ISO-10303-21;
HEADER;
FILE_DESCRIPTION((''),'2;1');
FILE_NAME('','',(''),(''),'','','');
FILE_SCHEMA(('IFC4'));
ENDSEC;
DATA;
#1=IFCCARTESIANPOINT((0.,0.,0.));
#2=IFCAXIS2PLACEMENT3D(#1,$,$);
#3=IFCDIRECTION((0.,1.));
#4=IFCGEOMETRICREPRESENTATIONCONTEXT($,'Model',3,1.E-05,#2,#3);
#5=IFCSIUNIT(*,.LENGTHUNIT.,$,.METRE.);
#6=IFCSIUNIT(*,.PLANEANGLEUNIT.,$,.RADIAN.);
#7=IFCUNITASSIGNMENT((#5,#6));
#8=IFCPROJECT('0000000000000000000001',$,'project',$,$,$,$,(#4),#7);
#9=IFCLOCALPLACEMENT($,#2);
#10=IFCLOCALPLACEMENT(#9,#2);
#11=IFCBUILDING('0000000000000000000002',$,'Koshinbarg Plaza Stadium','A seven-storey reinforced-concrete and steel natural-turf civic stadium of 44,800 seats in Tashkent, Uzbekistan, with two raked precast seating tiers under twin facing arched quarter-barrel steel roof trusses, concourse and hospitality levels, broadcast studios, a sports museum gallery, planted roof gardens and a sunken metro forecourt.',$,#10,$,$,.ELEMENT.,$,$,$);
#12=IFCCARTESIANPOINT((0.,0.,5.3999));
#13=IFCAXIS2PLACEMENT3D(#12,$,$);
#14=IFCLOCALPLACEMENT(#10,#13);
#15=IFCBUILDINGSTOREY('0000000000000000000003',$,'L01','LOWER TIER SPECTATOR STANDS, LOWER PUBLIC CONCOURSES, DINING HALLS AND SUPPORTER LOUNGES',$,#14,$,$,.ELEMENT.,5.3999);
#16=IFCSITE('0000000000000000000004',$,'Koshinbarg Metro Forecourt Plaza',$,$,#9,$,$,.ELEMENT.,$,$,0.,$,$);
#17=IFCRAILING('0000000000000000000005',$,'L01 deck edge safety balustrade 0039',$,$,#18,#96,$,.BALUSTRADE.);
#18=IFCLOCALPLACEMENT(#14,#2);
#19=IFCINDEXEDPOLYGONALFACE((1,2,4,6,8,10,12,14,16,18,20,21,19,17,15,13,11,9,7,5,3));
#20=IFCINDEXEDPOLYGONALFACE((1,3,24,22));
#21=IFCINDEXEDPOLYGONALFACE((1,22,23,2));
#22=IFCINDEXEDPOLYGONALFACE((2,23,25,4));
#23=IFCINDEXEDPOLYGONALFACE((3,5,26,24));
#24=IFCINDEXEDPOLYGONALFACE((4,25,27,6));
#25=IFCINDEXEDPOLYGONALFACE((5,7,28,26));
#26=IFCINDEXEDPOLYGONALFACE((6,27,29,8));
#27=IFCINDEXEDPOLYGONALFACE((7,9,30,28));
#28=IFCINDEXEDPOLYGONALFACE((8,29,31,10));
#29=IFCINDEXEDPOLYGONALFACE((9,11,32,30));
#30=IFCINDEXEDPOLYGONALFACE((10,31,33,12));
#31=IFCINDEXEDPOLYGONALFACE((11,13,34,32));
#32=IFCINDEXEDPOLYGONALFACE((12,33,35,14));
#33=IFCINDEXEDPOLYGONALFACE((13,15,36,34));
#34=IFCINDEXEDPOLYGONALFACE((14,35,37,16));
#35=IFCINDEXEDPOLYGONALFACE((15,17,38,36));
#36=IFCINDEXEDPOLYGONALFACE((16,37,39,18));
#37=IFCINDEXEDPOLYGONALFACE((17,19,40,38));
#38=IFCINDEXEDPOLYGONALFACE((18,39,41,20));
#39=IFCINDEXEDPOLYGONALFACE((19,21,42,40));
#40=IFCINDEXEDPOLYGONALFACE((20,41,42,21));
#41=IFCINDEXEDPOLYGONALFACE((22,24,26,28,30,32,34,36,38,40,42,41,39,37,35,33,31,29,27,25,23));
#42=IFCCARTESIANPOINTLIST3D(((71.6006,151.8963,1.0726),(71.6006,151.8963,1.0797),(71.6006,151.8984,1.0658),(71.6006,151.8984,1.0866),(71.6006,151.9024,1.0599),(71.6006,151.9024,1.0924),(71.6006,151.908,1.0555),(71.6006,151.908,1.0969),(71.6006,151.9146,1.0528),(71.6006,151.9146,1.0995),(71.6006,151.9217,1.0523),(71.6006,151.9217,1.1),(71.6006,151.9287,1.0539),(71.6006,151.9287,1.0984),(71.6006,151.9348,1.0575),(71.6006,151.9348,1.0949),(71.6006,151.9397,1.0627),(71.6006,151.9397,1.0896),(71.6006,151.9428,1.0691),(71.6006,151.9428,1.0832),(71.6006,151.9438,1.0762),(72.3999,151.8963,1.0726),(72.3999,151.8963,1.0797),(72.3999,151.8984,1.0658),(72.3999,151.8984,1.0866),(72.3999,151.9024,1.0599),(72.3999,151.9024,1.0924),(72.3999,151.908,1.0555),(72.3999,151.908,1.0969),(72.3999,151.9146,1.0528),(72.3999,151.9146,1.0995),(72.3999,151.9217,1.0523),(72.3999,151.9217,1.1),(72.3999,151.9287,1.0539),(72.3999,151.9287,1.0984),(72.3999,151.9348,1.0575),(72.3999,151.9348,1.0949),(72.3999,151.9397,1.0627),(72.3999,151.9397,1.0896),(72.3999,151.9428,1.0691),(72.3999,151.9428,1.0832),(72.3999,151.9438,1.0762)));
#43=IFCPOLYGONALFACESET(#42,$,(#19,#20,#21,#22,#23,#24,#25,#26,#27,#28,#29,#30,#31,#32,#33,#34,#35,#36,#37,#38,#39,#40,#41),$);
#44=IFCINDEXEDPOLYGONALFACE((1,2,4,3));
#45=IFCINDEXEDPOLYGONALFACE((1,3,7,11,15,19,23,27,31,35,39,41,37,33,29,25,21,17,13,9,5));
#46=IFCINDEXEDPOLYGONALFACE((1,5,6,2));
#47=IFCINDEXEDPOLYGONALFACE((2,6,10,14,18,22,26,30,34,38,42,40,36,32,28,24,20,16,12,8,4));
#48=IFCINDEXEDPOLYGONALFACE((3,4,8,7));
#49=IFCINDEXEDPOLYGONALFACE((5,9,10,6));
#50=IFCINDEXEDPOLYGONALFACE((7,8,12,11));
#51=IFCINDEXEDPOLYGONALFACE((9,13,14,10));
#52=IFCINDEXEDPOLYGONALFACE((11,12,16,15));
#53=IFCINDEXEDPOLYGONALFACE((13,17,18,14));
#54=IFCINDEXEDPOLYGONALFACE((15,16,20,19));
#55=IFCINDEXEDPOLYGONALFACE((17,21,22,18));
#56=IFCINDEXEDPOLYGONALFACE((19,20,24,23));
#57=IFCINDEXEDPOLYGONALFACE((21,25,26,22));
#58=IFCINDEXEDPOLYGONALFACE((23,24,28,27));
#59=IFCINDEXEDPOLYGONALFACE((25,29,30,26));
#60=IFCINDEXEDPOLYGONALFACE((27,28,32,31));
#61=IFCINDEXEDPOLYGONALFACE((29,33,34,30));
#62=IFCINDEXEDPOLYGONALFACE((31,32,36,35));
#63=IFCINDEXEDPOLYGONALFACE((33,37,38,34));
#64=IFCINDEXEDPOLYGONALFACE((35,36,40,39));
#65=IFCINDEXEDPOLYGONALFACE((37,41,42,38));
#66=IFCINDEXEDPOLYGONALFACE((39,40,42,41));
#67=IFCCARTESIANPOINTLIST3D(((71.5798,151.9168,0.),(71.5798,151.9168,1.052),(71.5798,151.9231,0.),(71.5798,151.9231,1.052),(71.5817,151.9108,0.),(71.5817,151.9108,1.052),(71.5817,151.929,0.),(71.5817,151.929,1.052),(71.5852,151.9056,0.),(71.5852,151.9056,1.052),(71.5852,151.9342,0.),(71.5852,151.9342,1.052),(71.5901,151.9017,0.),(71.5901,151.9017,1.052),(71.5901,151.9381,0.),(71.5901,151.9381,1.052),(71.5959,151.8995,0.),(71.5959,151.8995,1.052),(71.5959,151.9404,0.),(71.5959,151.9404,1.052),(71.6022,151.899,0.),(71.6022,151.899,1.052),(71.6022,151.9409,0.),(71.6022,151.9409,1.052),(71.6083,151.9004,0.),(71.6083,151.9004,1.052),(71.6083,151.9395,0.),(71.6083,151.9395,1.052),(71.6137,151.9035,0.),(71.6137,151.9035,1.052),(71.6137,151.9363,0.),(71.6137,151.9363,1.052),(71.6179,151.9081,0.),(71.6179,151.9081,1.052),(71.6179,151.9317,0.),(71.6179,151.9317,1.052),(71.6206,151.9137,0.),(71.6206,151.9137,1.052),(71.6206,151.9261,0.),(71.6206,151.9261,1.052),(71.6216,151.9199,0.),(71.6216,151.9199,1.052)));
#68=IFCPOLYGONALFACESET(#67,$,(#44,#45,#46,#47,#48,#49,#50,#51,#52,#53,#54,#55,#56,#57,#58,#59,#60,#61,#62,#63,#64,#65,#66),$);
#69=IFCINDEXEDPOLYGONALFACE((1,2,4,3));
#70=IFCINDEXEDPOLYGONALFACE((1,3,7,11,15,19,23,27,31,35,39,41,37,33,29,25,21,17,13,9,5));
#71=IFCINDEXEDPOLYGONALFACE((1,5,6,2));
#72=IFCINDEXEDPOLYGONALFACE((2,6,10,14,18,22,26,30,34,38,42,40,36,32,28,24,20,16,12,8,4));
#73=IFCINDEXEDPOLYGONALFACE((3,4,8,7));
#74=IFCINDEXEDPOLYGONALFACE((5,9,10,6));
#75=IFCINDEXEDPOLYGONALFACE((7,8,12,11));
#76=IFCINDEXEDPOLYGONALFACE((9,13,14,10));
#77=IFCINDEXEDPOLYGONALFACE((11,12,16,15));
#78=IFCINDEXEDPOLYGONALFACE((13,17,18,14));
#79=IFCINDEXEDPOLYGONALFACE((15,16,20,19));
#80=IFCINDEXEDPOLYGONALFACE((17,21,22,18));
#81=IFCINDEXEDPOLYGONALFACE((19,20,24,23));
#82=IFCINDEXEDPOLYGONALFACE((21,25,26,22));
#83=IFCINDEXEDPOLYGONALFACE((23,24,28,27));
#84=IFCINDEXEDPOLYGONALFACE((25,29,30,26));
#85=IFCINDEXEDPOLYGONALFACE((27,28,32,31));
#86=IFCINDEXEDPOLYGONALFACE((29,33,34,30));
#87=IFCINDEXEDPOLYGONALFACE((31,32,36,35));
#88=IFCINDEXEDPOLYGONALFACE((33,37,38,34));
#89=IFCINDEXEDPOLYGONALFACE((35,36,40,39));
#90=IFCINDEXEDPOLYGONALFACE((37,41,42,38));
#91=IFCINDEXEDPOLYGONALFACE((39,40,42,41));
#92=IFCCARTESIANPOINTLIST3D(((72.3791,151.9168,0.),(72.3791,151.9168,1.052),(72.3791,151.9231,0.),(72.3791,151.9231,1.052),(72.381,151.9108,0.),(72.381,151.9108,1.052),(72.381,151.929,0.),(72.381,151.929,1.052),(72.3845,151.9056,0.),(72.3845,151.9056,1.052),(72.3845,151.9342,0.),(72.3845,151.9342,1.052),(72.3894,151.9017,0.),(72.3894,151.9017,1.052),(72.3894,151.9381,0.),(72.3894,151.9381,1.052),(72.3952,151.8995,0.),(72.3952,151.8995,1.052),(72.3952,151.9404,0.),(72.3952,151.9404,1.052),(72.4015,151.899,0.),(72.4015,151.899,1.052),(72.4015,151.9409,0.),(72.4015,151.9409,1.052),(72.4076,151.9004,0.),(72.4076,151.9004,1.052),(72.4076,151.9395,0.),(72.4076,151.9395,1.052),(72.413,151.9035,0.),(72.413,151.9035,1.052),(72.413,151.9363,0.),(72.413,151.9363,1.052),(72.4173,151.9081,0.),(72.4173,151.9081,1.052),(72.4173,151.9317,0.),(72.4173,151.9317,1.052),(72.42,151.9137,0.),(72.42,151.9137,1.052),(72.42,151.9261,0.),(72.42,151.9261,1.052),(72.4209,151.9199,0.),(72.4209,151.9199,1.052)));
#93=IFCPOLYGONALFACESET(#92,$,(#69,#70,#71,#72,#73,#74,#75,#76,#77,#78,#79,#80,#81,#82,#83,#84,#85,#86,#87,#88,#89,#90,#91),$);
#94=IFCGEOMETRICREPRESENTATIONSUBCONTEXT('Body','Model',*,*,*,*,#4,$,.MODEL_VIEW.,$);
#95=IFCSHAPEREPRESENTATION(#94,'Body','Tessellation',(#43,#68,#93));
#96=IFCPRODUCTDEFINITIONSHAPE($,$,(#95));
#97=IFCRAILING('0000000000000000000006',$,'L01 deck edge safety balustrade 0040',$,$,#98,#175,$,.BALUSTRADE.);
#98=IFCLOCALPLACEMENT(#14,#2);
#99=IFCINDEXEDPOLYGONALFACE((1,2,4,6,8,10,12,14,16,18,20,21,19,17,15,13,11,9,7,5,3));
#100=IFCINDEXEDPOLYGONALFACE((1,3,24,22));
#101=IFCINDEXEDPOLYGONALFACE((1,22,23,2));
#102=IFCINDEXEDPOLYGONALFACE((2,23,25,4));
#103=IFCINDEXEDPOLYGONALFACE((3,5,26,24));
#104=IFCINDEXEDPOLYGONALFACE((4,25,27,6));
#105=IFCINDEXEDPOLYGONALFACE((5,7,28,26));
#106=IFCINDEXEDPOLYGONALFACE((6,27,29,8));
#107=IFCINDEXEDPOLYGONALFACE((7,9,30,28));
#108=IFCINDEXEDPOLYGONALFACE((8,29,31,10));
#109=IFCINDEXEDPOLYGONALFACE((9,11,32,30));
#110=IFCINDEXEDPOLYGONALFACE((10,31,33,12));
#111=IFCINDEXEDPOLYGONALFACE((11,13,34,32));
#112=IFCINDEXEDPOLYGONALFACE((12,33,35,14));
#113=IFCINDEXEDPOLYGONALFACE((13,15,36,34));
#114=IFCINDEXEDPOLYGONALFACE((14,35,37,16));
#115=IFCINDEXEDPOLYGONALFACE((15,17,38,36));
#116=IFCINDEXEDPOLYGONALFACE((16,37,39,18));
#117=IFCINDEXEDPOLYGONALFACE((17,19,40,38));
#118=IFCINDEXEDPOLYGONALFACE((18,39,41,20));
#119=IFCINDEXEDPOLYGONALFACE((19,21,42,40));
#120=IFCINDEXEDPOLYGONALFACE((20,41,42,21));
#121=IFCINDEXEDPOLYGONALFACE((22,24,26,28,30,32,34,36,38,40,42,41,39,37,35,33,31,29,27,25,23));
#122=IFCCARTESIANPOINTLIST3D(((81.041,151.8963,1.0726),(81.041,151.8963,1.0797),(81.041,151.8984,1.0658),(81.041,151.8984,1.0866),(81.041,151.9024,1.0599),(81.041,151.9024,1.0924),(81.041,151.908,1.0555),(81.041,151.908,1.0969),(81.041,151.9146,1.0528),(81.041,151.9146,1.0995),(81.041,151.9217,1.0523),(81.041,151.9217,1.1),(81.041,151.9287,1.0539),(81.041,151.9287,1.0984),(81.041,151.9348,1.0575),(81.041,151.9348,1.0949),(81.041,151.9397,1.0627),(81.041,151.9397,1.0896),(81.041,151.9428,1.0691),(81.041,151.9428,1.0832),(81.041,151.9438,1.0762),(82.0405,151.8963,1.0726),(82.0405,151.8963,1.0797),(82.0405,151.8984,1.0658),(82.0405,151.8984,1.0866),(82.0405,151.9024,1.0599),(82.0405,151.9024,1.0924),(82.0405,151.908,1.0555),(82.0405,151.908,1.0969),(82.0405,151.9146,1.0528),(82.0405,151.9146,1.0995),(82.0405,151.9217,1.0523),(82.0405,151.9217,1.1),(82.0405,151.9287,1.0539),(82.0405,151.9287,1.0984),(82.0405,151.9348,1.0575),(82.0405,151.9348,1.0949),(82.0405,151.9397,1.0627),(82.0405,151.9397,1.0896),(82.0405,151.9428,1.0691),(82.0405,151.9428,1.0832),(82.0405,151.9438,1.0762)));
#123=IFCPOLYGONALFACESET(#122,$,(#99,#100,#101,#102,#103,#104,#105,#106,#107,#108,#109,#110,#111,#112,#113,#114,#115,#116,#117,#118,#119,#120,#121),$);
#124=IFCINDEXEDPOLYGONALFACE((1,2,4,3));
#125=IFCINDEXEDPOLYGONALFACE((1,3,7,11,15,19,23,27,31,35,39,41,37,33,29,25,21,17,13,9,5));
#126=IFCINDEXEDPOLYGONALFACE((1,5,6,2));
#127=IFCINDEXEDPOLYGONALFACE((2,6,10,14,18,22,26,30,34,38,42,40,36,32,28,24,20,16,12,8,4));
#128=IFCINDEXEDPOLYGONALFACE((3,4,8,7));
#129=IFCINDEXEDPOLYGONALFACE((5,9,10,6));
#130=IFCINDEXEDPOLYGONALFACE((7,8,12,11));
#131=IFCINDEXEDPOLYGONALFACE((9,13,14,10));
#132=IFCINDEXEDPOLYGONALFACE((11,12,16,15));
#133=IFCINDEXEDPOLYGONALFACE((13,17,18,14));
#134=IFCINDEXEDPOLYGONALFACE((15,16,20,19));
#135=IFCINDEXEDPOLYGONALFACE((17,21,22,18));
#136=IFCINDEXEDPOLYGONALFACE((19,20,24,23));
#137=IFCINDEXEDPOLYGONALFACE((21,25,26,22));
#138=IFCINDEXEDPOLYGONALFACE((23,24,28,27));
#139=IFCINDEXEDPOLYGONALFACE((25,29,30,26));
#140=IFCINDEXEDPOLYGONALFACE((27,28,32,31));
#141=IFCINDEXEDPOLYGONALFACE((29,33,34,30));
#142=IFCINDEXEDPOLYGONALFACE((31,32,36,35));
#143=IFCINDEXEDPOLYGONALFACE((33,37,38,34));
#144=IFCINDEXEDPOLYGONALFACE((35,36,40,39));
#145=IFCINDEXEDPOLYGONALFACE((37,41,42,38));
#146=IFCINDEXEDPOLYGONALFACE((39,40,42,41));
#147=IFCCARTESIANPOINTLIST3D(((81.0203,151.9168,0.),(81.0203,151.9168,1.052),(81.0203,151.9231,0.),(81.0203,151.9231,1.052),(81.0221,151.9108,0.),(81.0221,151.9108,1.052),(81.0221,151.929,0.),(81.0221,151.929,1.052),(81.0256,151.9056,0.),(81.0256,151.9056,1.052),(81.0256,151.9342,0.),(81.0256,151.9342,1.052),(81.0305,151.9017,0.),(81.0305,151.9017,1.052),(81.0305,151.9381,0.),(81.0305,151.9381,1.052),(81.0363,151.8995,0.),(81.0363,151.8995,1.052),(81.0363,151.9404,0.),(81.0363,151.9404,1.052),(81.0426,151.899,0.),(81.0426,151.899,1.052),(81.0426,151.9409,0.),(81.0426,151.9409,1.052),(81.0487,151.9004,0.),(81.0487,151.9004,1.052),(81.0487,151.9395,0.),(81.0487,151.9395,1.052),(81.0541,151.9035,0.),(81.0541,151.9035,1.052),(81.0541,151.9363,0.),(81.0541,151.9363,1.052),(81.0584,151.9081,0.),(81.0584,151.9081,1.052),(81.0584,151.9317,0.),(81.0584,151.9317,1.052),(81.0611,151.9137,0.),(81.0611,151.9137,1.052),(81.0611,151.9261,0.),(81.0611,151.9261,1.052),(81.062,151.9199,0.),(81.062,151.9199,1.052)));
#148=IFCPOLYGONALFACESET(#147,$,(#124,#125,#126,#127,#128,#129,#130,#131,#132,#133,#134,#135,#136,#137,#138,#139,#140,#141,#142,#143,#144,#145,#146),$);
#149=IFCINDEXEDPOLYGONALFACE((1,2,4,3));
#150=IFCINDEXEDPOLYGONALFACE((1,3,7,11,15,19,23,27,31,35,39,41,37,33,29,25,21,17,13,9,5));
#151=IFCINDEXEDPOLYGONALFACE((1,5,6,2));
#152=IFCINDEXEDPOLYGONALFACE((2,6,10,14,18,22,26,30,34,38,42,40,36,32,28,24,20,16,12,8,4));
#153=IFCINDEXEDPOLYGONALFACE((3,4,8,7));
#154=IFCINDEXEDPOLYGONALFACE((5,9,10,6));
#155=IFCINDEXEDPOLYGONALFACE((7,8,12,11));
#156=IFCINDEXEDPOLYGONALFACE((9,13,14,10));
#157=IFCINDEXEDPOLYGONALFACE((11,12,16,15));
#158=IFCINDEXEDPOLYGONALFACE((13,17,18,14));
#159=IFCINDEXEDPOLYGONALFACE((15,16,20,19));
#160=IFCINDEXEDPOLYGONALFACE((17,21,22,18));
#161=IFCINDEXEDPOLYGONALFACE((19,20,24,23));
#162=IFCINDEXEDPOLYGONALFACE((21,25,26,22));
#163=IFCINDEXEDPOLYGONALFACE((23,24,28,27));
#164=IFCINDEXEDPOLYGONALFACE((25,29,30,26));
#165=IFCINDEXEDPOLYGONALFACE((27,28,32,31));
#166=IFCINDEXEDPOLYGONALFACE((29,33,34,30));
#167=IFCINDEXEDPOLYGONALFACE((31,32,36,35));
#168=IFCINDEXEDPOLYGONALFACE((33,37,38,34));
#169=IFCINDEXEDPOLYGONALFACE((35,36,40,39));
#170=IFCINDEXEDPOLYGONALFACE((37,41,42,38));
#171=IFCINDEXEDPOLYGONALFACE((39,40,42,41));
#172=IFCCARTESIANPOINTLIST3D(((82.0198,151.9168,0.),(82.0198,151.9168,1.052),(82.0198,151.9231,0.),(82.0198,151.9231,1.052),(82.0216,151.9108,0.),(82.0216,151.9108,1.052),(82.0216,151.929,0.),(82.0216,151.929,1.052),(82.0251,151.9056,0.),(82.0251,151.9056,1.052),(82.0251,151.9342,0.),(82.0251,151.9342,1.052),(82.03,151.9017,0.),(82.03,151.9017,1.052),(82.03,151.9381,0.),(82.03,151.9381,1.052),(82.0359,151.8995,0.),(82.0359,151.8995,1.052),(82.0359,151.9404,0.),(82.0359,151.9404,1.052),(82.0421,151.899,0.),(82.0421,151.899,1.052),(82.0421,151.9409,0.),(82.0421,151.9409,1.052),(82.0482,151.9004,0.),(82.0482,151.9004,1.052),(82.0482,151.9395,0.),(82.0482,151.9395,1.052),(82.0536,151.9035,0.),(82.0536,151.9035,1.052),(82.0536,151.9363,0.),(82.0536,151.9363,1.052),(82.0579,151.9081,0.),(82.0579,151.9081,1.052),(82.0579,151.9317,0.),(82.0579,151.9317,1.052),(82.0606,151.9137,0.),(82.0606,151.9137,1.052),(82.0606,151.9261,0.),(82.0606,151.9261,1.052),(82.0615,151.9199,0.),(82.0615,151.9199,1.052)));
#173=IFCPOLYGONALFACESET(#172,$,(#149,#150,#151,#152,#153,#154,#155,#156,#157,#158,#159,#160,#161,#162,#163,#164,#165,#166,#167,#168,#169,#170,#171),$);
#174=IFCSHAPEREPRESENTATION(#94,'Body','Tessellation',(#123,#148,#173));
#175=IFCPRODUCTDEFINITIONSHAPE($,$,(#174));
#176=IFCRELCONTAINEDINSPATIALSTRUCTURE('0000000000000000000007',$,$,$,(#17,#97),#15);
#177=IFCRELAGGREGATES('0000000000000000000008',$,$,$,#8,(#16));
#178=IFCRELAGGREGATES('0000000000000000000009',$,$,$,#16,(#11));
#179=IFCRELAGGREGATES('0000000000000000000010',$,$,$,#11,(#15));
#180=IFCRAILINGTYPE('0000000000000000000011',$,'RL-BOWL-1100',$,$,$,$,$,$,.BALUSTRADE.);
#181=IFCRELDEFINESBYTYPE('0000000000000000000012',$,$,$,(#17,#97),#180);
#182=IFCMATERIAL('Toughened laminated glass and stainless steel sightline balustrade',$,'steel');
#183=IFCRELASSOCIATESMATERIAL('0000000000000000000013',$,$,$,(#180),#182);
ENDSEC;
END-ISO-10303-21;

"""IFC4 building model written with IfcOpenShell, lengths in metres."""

from ifc_helpers import new_model, si_unit, direction, frame, origin, origin_2d, place, context, subcontext, project, spatial, circle, extrude, material, type_object, element, save


model = new_model("IFC4")

# Units and contexts
model_context = context("Model", 3, precision=1e-05, world=origin(), true_north=direction((0.0, 1.0)))
body_context = subcontext(model_context, "Body", "Model", "MODEL_VIEW")
ifc_project = project(units=[si_unit("LENGTHUNIT", "METRE"), si_unit("PLANEANGLEUNIT", "RADIAN")], contexts=[model_context])

# Site, building, storey
site_placement = place(None, origin())
site = spatial("IfcSite", under=ifc_project, at=site_placement, Name="Koshinbarg Metro Forecourt Plaza", CompositionType="ELEMENT", RefElevation=0.0)
building_placement = place(site_placement, origin())
building = spatial("IfcBuilding", under=site, at=building_placement, Name="Koshinbarg Plaza Stadium", Description="A seven-storey reinforced-concrete and steel natural-turf civic stadium of 44,800 seats in Tashkent, Uzbekistan, with two raked precast seating tiers under twin facing arched quarter-barrel steel roof trusses, concourse and hospitality levels, broadcast studios, a sports museum gallery, planted roof gardens and a sunken metro forecourt.", CompositionType="ELEMENT")
storey_placement = place(building_placement, frame((0.0, 0.0, 5.3999)))
storey = spatial("IfcBuildingStorey", under=building, at=storey_placement, Name="L01", Description="LOWER TIER SPECTATOR STANDS, LOWER PUBLIC CONCOURSES, DINING HALLS AND SUPPORTER LOUNGES", CompositionType="ELEMENT", Elevation=5.3999)

# Railings
ifc_material_1 = material(Name="Toughened laminated glass and stainless steel sightline balustrade", Category="steel")
railing_type = type_object("IfcRailingType", Name="RL-BOWL-1100", PredefinedType="BALUSTRADE", material=ifc_material_1)
railing_1_placement = place(storey_placement, frame((71.6006, 151.9199, 0.0)))
element("IfcRailing", 1, at=railing_1_placement, inside=storey, type_object=railing_type, Name="L01 deck edge safety balustrade 0039", PredefinedType="BALUSTRADE", context=body_context, shape_type="SweptSolid", body=[
    extrude(circle(Radius=0.0239, at=origin_2d()), frame((0.0, 0.0, 1.0762), z_axis=(1.0, 0.0, 0.0), x_axis=(0.0, 1.0, 0.0)), (0.0, 0.0, 1.0), 0.7993),
    extrude(circle(Radius=0.021, at=origin_2d()), origin(), (0.0, 0.0, 1.0), 1.052),
    extrude(circle(Radius=0.021, at=origin_2d()), frame((0.7993, 0.0, 0.0)), (0.0, 0.0, 1.0), 1.052),
])
railing_2_placement = place(storey_placement, frame((81.041, 151.9199, 0.0)))
element("IfcRailing", 2, at=railing_2_placement, inside=storey, type_object=railing_type, Name="L01 deck edge safety balustrade 0040", PredefinedType="BALUSTRADE", context=body_context, shape_type="SweptSolid", body=[
    extrude(circle(Radius=0.0239, at=origin_2d()), frame((0.0, 0.0, 1.0762), z_axis=(1.0, 0.0, 0.0), x_axis=(0.0, 1.0, 0.0)), (0.0, 0.0, 1.0), 0.9995),
    extrude(circle(Radius=0.021, at=origin_2d()), origin(), (0.0, 0.0, 1.0), 1.052),
    extrude(circle(Radius=0.021, at=origin_2d()), frame((0.9995, 0.0, 0.0)), (0.0, 0.0, 1.0), 1.052),
])

save(model, "model.ifc")
